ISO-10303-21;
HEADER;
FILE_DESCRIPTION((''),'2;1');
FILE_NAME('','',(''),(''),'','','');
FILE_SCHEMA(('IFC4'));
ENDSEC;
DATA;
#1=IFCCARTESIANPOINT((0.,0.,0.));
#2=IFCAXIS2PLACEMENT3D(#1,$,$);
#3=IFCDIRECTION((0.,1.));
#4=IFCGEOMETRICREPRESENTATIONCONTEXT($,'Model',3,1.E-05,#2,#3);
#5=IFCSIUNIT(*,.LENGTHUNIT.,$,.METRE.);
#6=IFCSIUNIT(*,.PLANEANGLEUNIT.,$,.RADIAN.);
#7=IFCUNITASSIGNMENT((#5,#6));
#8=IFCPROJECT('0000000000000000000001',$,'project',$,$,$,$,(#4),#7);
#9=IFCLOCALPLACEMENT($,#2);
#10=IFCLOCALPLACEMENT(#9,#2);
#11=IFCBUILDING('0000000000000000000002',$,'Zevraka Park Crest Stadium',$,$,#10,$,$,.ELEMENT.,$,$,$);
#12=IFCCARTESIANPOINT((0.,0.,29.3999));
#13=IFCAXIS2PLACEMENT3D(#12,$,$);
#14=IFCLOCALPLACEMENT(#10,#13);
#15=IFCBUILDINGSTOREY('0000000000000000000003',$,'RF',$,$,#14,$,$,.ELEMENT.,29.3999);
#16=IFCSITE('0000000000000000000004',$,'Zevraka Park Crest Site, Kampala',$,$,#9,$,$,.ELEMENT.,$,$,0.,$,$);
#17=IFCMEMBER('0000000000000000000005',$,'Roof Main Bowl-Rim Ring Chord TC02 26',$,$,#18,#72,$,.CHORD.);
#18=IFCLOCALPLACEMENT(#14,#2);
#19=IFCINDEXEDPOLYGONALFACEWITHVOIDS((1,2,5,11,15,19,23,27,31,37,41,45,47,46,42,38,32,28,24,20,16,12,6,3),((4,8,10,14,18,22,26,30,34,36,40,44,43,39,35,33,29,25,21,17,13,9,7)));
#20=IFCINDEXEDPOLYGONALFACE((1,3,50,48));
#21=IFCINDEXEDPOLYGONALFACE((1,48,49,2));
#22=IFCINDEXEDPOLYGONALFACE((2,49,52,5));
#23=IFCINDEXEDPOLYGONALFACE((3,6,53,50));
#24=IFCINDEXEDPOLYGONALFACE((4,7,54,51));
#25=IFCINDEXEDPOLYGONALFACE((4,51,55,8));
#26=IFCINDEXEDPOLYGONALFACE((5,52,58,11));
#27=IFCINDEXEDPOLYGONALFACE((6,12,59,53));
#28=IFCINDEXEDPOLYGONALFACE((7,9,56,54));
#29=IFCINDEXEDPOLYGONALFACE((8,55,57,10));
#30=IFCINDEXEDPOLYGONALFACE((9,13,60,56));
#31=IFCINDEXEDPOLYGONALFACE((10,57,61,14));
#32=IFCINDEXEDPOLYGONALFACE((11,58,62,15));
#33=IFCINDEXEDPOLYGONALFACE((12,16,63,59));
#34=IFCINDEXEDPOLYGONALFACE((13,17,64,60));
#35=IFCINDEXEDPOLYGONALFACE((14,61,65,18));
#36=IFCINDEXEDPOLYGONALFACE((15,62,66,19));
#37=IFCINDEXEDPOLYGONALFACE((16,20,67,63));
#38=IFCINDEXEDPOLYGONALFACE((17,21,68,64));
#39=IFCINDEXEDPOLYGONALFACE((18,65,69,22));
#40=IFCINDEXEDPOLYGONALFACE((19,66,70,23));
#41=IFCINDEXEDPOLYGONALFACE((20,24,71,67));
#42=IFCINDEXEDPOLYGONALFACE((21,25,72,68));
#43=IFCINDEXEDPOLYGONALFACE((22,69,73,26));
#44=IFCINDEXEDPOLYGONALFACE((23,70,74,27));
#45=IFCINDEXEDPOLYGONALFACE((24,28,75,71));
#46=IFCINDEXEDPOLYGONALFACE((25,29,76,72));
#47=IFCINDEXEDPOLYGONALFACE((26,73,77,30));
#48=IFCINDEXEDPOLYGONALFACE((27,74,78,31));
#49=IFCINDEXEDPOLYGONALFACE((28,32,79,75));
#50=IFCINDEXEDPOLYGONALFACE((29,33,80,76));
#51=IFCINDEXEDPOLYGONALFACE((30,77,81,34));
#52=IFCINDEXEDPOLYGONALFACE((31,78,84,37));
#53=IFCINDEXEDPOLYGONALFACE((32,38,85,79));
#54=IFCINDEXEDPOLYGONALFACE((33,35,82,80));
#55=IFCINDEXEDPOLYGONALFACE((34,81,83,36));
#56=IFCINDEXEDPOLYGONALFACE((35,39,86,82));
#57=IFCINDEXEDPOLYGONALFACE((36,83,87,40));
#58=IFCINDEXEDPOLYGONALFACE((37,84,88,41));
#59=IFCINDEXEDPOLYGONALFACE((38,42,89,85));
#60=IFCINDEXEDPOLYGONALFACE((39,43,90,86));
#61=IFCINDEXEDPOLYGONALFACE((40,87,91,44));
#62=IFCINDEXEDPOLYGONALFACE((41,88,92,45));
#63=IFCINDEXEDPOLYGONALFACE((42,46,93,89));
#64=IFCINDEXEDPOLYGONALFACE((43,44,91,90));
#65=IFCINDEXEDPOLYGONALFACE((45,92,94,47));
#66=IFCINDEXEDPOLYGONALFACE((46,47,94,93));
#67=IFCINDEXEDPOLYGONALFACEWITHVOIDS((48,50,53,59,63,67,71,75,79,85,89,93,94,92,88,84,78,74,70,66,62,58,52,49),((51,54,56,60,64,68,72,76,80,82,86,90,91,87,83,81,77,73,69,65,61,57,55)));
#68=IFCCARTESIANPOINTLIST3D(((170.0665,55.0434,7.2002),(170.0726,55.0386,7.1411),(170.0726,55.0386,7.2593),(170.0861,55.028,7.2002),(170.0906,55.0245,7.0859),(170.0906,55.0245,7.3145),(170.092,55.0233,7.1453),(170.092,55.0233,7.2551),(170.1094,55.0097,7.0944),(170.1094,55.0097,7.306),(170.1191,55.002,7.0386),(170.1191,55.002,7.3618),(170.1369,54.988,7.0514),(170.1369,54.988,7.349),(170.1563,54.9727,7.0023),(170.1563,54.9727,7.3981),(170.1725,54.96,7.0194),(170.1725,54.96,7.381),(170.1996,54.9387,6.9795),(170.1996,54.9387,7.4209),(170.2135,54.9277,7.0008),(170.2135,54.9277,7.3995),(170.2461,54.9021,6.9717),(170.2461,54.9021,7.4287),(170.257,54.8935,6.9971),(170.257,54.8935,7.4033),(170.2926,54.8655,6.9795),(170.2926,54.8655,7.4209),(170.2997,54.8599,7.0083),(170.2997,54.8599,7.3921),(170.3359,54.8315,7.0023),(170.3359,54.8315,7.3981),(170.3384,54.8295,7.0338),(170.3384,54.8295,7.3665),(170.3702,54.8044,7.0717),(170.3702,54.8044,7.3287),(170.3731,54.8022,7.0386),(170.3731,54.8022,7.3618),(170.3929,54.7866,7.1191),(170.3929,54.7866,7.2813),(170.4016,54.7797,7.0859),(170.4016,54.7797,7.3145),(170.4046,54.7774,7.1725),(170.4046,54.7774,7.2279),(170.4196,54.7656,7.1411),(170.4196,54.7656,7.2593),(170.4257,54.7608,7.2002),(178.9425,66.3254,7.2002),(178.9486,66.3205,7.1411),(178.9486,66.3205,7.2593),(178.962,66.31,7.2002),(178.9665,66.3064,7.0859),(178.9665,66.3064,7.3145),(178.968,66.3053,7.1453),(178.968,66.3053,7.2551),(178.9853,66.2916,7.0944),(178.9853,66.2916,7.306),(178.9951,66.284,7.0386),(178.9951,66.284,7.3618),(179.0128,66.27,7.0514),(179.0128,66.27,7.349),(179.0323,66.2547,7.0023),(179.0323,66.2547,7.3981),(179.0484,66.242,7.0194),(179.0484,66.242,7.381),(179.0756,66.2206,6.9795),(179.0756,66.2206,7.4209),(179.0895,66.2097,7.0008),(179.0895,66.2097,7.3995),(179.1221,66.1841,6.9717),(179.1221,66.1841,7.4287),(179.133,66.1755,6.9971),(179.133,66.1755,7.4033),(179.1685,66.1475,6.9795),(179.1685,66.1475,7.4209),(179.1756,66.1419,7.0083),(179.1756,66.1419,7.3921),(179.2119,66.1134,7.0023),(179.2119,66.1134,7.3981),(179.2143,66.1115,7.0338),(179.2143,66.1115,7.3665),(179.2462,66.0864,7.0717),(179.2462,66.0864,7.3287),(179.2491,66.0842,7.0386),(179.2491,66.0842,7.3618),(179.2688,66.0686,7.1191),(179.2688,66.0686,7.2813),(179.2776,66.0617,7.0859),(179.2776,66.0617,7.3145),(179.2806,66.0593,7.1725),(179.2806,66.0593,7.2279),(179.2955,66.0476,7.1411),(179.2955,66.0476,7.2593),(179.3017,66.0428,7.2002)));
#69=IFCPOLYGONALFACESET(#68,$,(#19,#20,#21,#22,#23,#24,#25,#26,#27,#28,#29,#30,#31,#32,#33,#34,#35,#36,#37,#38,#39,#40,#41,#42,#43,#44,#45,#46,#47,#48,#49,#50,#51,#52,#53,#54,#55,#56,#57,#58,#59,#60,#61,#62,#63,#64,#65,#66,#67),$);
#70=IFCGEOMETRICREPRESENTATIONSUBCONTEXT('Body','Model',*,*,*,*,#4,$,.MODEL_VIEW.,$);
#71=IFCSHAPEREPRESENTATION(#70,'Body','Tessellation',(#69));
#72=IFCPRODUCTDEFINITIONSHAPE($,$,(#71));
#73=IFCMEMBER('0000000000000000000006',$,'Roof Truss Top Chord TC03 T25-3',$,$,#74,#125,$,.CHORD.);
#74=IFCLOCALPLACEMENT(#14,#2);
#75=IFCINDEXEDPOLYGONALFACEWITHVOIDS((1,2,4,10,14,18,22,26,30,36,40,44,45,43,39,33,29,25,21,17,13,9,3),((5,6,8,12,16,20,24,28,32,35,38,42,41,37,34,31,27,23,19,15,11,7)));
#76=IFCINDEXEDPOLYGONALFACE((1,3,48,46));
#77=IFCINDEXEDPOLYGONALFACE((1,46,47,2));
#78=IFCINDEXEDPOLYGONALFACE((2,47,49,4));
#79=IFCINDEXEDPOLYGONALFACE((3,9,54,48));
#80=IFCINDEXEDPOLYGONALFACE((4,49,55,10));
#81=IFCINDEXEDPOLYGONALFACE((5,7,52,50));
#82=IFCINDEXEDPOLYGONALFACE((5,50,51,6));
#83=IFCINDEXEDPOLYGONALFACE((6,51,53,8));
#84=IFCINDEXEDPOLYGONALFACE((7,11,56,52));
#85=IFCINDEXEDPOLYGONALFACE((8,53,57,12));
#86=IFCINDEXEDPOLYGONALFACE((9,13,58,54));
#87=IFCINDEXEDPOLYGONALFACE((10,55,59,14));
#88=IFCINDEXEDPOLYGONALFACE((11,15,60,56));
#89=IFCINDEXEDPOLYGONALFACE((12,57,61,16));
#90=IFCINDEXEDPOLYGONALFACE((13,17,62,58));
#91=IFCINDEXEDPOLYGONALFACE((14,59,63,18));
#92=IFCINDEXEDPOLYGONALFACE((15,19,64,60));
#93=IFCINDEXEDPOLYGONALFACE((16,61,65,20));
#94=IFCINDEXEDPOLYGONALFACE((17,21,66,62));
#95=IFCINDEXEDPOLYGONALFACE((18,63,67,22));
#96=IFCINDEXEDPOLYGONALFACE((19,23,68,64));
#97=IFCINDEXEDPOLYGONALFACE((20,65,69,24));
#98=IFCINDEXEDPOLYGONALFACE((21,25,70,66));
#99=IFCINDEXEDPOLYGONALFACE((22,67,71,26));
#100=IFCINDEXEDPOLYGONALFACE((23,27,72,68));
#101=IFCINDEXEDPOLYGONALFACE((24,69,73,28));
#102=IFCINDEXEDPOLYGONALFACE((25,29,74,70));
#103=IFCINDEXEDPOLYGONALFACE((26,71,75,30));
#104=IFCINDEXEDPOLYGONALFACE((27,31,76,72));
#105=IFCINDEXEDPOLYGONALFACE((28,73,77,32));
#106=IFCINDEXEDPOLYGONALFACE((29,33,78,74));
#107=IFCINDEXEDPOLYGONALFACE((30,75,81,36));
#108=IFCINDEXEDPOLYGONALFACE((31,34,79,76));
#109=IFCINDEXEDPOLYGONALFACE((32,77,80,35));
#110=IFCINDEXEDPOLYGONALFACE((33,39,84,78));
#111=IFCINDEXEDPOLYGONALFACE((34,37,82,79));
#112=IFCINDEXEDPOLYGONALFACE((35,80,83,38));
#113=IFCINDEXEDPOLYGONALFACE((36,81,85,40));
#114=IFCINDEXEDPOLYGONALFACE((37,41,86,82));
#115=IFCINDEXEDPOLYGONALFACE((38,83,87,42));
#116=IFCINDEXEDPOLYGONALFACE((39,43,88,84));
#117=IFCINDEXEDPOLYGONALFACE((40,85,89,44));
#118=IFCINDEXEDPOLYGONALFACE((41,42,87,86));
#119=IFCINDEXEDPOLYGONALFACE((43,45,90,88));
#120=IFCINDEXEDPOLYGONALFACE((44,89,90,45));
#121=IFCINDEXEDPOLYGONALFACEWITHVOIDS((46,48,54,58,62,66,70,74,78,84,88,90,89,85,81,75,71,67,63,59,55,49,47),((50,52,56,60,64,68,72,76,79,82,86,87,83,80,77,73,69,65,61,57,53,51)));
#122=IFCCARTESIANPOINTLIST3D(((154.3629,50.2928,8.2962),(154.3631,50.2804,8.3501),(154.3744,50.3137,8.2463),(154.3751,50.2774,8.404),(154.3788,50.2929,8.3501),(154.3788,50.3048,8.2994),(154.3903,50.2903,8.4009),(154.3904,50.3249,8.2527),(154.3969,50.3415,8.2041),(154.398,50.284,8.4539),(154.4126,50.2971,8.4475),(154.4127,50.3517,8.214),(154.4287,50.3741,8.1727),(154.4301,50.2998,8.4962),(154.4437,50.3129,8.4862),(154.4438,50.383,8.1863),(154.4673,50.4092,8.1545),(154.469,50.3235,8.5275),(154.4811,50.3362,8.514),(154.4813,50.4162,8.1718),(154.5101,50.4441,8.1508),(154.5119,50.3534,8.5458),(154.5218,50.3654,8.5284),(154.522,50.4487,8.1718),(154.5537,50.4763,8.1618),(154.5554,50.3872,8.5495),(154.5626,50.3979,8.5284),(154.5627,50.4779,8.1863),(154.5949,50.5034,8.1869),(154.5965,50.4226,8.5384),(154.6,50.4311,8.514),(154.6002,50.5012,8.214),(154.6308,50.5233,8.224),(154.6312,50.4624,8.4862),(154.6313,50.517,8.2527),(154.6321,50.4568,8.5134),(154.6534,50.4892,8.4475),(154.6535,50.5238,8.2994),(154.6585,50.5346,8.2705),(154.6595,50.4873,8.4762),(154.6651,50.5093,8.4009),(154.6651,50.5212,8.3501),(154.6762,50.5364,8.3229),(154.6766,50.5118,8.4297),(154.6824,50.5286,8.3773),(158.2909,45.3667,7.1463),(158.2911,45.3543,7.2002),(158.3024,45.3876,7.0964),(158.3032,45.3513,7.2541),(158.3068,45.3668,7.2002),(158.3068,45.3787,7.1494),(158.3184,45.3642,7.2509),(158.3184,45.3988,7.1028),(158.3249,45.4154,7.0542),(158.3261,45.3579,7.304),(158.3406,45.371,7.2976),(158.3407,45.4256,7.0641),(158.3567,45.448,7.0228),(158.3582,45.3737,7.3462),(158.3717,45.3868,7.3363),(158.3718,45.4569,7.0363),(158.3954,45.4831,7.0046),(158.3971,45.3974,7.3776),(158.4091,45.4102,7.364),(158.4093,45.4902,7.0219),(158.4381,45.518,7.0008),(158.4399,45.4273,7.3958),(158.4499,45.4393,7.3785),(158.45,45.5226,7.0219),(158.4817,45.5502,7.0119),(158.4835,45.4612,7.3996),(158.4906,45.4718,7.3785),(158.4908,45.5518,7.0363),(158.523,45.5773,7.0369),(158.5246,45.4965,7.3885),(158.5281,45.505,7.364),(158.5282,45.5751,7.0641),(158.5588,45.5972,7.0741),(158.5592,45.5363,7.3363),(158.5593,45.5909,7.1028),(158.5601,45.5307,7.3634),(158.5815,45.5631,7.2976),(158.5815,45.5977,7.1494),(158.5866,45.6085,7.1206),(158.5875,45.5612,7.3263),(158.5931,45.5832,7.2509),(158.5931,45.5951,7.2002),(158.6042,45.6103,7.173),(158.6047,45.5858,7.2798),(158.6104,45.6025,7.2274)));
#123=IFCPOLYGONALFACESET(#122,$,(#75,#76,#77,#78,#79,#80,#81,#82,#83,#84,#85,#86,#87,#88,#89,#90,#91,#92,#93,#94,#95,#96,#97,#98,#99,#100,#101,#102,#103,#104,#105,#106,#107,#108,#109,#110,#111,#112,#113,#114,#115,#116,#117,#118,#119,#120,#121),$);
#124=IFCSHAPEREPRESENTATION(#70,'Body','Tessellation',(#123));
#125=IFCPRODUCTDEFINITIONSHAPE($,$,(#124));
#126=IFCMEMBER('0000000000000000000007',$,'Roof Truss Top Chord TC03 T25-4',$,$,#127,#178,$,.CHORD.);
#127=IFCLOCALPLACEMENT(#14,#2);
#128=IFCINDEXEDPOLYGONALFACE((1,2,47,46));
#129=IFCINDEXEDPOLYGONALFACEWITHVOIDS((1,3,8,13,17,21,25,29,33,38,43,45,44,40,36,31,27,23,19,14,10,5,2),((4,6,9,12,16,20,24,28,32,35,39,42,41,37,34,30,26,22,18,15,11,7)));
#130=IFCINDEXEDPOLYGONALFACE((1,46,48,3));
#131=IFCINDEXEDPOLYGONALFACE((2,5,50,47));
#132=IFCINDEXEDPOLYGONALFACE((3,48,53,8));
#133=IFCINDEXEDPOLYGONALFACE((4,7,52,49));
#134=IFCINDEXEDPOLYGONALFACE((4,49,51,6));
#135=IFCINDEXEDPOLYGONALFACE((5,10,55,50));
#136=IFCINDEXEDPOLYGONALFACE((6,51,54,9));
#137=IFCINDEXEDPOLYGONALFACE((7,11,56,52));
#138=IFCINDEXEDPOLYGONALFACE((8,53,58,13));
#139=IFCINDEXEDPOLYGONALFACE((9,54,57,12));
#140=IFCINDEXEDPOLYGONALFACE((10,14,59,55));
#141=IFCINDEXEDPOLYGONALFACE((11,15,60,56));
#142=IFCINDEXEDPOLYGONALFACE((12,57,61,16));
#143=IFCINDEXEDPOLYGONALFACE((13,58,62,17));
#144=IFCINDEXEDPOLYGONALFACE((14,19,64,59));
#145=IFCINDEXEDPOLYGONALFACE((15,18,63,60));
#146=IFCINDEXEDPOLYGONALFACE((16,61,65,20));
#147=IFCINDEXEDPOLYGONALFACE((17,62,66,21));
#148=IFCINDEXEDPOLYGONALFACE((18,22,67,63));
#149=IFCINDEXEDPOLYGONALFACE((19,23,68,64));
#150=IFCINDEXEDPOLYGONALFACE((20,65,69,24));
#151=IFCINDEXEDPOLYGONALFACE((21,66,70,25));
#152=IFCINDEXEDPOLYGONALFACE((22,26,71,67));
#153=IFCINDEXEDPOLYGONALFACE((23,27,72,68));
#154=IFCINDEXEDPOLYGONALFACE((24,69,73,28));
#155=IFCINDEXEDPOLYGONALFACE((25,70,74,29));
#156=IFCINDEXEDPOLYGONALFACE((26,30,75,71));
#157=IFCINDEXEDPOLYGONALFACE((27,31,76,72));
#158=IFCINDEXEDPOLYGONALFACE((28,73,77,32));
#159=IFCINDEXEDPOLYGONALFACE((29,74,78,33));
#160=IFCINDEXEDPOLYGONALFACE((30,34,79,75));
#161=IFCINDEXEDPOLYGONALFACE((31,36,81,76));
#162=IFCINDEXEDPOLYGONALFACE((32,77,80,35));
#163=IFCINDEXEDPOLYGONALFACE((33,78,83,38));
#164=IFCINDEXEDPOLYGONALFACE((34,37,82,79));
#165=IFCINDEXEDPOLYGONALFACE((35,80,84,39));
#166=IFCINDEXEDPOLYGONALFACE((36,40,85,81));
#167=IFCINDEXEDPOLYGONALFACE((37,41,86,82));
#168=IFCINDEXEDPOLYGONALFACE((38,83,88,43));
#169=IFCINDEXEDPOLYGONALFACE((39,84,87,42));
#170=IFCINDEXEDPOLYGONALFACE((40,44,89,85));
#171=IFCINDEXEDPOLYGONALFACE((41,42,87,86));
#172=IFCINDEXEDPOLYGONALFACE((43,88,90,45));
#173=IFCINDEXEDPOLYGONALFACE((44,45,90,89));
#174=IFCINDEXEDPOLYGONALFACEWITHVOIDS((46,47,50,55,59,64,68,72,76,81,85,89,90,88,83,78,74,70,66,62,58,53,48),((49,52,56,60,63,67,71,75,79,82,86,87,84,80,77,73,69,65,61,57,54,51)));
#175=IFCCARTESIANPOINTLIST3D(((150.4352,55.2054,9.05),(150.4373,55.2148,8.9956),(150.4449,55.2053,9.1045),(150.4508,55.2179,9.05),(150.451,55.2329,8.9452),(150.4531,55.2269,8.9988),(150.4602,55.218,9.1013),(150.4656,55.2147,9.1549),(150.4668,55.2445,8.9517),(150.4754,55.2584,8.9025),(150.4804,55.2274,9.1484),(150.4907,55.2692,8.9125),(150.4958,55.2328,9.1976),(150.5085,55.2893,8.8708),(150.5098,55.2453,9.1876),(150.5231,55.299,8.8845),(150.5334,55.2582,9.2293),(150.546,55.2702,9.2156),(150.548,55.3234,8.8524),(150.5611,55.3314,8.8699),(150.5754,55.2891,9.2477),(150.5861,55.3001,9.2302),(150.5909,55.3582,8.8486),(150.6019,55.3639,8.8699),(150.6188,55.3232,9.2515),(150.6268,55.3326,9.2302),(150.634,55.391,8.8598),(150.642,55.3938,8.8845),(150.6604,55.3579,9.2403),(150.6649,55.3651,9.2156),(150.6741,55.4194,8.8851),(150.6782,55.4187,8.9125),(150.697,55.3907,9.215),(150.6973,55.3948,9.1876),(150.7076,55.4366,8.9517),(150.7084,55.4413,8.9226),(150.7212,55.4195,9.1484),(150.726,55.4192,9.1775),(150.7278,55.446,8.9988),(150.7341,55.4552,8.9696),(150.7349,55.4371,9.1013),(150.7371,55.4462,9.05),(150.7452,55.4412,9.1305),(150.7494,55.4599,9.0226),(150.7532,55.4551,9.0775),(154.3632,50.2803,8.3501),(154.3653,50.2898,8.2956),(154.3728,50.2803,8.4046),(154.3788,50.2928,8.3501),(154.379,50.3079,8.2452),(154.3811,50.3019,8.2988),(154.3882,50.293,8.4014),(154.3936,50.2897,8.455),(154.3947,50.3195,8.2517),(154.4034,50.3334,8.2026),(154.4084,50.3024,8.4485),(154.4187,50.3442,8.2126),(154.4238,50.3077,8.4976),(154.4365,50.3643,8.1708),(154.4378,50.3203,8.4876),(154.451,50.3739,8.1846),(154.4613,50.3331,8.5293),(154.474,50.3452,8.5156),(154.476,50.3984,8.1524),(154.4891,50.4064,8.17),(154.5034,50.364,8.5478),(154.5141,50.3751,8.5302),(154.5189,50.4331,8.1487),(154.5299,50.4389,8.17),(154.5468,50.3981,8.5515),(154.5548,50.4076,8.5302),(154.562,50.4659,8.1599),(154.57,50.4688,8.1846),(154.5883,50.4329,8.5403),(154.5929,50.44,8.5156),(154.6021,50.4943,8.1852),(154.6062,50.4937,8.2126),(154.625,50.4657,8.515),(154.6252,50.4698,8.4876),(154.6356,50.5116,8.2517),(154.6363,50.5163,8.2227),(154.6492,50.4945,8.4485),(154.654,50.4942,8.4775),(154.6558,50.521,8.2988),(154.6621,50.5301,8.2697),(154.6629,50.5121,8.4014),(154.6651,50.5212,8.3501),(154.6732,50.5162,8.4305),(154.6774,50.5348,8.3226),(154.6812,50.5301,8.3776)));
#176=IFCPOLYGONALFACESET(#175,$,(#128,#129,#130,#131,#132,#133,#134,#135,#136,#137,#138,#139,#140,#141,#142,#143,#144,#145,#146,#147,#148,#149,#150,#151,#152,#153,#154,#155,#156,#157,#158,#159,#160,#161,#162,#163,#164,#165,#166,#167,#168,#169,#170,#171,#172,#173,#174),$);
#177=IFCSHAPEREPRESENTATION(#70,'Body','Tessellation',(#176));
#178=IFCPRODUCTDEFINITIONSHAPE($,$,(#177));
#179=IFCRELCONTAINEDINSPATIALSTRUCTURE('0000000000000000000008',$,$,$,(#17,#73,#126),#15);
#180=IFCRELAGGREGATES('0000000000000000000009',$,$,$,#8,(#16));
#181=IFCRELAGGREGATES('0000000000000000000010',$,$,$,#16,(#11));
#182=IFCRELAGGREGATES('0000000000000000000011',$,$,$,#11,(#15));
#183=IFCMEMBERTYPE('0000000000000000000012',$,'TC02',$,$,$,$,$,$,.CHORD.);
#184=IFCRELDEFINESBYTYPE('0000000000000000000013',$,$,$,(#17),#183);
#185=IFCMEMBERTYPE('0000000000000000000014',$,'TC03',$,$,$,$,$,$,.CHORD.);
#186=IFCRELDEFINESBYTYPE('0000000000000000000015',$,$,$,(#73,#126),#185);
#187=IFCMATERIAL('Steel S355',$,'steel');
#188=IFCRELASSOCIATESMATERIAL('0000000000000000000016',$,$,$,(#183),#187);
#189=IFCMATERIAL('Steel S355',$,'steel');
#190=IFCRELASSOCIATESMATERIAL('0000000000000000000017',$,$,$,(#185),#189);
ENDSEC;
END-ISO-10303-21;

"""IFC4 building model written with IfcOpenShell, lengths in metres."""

from ifc_helpers import new_model, si_unit, direction, frame, origin, origin_2d, place, context, subcontext, project, spatial, hollow_circle, extrude, material, material_profile, profile_set, type_object, element, save


model = new_model("IFC4")

# Units and contexts
model_context = context("Model", 3, precision=1e-05, world=origin(), true_north=direction((0.0, 1.0)))
body_context = subcontext(model_context, "Body", "Model", "MODEL_VIEW")
ifc_project = project(units=[si_unit("LENGTHUNIT", "METRE"), si_unit("PLANEANGLEUNIT", "RADIAN")], contexts=[model_context])

# Site, building, storey
site_placement = place(None, origin())
site = spatial("IfcSite", under=ifc_project, at=site_placement, Name="Zevraka Park Crest Site, Kampala", CompositionType="ELEMENT", RefElevation=0.0)
building_placement = place(site_placement, origin())
building = spatial("IfcBuilding", under=site, at=building_placement, Name="Zevraka Park Crest Stadium", CompositionType="ELEMENT")
storey_placement = place(building_placement, frame((0.0, 0.0, 29.3999)))
storey = spatial("IfcBuildingStorey", under=building, at=storey_placement, Name="RF", CompositionType="ELEMENT", Elevation=29.3999)

# Members
ifc_material_1 = material(Name="Steel S355", Category="steel")
ifc_material_profile_1 = material_profile(ifc_material_1, hollow_circle(Radius=0.2285, WallThickness=0.0249, at=origin_2d()), Name="CHS 457.0x25")
ifc_profile_set_1 = profile_set([ifc_material_profile_1], Name="Steel S355")
member_type_1 = type_object("IfcMemberType", Name="TC02", PredefinedType="CHORD", material=ifc_profile_set_1)
member_1_placement = place(storey_placement, frame((170.2461, 54.9021, 7.2002), z_axis=(0.618319, 0.785927, 0.0), x_axis=(-0.785927, 0.618319, 0.0)))
element("IfcMember", 1, at=member_1_placement, inside=storey, type_object=member_type_1, Name="Roof Main Bowl-Rim Ring Chord TC02 26", PredefinedType="CHORD", context=body_context, shape_type="SweptSolid", body=[
    extrude(hollow_circle(Radius=0.2285, WallThickness=0.0249, at=origin_2d()), origin(), (0.0, 0.0, 1.0), 14.355),
])
ifc_material_2 = material(Name="Steel S355", Category="steel")
ifc_material_profile_2 = material_profile(ifc_material_2, hollow_circle(Radius=0.2031, WallThickness=0.02, at=origin_2d()), Name="CHS 406.4x20")
ifc_profile_set_2 = profile_set([ifc_material_profile_2], Name="Steel S355")
member_type_2 = type_object("IfcMemberType", Name="TC03", PredefinedType="CHORD", material=ifc_profile_set_2)
member_2_placement = place(storey_placement, frame((158.45, 45.481, 7.2002), z_axis=(-0.61332, 0.769156, 0.179547), x_axis=(-0.781862, -0.623451, 0.0)))
element("IfcMember", 2, at=member_2_placement, inside=storey, type_object=member_type_2, Name="Roof Truss Top Chord TC03 T25-3", PredefinedType="CHORD", context=body_context, shape_type="SweptSolid", body=[
    extrude(hollow_circle(Radius=0.2031, WallThickness=0.02, at=origin_2d()), origin(), (0.0, 0.0, 1.0), 6.4045),
])
member_3_placement = place(storey_placement, frame((154.522, 50.407, 8.3501), z_axis=(-0.619713, 0.77702, 0.110431), x_axis=(-0.781802, -0.623527, 0.0)))
element("IfcMember", 3, at=member_3_placement, inside=storey, type_object=member_type_2, Name="Roof Truss Top Chord TC03 T25-4", PredefinedType="CHORD", context=body_context, shape_type="SweptSolid", body=[
    extrude(hollow_circle(Radius=0.2031, WallThickness=0.02, at=origin_2d()), origin(), (0.0, 0.0, 1.0), 6.3384),
])

save(model, "model.ifc")
